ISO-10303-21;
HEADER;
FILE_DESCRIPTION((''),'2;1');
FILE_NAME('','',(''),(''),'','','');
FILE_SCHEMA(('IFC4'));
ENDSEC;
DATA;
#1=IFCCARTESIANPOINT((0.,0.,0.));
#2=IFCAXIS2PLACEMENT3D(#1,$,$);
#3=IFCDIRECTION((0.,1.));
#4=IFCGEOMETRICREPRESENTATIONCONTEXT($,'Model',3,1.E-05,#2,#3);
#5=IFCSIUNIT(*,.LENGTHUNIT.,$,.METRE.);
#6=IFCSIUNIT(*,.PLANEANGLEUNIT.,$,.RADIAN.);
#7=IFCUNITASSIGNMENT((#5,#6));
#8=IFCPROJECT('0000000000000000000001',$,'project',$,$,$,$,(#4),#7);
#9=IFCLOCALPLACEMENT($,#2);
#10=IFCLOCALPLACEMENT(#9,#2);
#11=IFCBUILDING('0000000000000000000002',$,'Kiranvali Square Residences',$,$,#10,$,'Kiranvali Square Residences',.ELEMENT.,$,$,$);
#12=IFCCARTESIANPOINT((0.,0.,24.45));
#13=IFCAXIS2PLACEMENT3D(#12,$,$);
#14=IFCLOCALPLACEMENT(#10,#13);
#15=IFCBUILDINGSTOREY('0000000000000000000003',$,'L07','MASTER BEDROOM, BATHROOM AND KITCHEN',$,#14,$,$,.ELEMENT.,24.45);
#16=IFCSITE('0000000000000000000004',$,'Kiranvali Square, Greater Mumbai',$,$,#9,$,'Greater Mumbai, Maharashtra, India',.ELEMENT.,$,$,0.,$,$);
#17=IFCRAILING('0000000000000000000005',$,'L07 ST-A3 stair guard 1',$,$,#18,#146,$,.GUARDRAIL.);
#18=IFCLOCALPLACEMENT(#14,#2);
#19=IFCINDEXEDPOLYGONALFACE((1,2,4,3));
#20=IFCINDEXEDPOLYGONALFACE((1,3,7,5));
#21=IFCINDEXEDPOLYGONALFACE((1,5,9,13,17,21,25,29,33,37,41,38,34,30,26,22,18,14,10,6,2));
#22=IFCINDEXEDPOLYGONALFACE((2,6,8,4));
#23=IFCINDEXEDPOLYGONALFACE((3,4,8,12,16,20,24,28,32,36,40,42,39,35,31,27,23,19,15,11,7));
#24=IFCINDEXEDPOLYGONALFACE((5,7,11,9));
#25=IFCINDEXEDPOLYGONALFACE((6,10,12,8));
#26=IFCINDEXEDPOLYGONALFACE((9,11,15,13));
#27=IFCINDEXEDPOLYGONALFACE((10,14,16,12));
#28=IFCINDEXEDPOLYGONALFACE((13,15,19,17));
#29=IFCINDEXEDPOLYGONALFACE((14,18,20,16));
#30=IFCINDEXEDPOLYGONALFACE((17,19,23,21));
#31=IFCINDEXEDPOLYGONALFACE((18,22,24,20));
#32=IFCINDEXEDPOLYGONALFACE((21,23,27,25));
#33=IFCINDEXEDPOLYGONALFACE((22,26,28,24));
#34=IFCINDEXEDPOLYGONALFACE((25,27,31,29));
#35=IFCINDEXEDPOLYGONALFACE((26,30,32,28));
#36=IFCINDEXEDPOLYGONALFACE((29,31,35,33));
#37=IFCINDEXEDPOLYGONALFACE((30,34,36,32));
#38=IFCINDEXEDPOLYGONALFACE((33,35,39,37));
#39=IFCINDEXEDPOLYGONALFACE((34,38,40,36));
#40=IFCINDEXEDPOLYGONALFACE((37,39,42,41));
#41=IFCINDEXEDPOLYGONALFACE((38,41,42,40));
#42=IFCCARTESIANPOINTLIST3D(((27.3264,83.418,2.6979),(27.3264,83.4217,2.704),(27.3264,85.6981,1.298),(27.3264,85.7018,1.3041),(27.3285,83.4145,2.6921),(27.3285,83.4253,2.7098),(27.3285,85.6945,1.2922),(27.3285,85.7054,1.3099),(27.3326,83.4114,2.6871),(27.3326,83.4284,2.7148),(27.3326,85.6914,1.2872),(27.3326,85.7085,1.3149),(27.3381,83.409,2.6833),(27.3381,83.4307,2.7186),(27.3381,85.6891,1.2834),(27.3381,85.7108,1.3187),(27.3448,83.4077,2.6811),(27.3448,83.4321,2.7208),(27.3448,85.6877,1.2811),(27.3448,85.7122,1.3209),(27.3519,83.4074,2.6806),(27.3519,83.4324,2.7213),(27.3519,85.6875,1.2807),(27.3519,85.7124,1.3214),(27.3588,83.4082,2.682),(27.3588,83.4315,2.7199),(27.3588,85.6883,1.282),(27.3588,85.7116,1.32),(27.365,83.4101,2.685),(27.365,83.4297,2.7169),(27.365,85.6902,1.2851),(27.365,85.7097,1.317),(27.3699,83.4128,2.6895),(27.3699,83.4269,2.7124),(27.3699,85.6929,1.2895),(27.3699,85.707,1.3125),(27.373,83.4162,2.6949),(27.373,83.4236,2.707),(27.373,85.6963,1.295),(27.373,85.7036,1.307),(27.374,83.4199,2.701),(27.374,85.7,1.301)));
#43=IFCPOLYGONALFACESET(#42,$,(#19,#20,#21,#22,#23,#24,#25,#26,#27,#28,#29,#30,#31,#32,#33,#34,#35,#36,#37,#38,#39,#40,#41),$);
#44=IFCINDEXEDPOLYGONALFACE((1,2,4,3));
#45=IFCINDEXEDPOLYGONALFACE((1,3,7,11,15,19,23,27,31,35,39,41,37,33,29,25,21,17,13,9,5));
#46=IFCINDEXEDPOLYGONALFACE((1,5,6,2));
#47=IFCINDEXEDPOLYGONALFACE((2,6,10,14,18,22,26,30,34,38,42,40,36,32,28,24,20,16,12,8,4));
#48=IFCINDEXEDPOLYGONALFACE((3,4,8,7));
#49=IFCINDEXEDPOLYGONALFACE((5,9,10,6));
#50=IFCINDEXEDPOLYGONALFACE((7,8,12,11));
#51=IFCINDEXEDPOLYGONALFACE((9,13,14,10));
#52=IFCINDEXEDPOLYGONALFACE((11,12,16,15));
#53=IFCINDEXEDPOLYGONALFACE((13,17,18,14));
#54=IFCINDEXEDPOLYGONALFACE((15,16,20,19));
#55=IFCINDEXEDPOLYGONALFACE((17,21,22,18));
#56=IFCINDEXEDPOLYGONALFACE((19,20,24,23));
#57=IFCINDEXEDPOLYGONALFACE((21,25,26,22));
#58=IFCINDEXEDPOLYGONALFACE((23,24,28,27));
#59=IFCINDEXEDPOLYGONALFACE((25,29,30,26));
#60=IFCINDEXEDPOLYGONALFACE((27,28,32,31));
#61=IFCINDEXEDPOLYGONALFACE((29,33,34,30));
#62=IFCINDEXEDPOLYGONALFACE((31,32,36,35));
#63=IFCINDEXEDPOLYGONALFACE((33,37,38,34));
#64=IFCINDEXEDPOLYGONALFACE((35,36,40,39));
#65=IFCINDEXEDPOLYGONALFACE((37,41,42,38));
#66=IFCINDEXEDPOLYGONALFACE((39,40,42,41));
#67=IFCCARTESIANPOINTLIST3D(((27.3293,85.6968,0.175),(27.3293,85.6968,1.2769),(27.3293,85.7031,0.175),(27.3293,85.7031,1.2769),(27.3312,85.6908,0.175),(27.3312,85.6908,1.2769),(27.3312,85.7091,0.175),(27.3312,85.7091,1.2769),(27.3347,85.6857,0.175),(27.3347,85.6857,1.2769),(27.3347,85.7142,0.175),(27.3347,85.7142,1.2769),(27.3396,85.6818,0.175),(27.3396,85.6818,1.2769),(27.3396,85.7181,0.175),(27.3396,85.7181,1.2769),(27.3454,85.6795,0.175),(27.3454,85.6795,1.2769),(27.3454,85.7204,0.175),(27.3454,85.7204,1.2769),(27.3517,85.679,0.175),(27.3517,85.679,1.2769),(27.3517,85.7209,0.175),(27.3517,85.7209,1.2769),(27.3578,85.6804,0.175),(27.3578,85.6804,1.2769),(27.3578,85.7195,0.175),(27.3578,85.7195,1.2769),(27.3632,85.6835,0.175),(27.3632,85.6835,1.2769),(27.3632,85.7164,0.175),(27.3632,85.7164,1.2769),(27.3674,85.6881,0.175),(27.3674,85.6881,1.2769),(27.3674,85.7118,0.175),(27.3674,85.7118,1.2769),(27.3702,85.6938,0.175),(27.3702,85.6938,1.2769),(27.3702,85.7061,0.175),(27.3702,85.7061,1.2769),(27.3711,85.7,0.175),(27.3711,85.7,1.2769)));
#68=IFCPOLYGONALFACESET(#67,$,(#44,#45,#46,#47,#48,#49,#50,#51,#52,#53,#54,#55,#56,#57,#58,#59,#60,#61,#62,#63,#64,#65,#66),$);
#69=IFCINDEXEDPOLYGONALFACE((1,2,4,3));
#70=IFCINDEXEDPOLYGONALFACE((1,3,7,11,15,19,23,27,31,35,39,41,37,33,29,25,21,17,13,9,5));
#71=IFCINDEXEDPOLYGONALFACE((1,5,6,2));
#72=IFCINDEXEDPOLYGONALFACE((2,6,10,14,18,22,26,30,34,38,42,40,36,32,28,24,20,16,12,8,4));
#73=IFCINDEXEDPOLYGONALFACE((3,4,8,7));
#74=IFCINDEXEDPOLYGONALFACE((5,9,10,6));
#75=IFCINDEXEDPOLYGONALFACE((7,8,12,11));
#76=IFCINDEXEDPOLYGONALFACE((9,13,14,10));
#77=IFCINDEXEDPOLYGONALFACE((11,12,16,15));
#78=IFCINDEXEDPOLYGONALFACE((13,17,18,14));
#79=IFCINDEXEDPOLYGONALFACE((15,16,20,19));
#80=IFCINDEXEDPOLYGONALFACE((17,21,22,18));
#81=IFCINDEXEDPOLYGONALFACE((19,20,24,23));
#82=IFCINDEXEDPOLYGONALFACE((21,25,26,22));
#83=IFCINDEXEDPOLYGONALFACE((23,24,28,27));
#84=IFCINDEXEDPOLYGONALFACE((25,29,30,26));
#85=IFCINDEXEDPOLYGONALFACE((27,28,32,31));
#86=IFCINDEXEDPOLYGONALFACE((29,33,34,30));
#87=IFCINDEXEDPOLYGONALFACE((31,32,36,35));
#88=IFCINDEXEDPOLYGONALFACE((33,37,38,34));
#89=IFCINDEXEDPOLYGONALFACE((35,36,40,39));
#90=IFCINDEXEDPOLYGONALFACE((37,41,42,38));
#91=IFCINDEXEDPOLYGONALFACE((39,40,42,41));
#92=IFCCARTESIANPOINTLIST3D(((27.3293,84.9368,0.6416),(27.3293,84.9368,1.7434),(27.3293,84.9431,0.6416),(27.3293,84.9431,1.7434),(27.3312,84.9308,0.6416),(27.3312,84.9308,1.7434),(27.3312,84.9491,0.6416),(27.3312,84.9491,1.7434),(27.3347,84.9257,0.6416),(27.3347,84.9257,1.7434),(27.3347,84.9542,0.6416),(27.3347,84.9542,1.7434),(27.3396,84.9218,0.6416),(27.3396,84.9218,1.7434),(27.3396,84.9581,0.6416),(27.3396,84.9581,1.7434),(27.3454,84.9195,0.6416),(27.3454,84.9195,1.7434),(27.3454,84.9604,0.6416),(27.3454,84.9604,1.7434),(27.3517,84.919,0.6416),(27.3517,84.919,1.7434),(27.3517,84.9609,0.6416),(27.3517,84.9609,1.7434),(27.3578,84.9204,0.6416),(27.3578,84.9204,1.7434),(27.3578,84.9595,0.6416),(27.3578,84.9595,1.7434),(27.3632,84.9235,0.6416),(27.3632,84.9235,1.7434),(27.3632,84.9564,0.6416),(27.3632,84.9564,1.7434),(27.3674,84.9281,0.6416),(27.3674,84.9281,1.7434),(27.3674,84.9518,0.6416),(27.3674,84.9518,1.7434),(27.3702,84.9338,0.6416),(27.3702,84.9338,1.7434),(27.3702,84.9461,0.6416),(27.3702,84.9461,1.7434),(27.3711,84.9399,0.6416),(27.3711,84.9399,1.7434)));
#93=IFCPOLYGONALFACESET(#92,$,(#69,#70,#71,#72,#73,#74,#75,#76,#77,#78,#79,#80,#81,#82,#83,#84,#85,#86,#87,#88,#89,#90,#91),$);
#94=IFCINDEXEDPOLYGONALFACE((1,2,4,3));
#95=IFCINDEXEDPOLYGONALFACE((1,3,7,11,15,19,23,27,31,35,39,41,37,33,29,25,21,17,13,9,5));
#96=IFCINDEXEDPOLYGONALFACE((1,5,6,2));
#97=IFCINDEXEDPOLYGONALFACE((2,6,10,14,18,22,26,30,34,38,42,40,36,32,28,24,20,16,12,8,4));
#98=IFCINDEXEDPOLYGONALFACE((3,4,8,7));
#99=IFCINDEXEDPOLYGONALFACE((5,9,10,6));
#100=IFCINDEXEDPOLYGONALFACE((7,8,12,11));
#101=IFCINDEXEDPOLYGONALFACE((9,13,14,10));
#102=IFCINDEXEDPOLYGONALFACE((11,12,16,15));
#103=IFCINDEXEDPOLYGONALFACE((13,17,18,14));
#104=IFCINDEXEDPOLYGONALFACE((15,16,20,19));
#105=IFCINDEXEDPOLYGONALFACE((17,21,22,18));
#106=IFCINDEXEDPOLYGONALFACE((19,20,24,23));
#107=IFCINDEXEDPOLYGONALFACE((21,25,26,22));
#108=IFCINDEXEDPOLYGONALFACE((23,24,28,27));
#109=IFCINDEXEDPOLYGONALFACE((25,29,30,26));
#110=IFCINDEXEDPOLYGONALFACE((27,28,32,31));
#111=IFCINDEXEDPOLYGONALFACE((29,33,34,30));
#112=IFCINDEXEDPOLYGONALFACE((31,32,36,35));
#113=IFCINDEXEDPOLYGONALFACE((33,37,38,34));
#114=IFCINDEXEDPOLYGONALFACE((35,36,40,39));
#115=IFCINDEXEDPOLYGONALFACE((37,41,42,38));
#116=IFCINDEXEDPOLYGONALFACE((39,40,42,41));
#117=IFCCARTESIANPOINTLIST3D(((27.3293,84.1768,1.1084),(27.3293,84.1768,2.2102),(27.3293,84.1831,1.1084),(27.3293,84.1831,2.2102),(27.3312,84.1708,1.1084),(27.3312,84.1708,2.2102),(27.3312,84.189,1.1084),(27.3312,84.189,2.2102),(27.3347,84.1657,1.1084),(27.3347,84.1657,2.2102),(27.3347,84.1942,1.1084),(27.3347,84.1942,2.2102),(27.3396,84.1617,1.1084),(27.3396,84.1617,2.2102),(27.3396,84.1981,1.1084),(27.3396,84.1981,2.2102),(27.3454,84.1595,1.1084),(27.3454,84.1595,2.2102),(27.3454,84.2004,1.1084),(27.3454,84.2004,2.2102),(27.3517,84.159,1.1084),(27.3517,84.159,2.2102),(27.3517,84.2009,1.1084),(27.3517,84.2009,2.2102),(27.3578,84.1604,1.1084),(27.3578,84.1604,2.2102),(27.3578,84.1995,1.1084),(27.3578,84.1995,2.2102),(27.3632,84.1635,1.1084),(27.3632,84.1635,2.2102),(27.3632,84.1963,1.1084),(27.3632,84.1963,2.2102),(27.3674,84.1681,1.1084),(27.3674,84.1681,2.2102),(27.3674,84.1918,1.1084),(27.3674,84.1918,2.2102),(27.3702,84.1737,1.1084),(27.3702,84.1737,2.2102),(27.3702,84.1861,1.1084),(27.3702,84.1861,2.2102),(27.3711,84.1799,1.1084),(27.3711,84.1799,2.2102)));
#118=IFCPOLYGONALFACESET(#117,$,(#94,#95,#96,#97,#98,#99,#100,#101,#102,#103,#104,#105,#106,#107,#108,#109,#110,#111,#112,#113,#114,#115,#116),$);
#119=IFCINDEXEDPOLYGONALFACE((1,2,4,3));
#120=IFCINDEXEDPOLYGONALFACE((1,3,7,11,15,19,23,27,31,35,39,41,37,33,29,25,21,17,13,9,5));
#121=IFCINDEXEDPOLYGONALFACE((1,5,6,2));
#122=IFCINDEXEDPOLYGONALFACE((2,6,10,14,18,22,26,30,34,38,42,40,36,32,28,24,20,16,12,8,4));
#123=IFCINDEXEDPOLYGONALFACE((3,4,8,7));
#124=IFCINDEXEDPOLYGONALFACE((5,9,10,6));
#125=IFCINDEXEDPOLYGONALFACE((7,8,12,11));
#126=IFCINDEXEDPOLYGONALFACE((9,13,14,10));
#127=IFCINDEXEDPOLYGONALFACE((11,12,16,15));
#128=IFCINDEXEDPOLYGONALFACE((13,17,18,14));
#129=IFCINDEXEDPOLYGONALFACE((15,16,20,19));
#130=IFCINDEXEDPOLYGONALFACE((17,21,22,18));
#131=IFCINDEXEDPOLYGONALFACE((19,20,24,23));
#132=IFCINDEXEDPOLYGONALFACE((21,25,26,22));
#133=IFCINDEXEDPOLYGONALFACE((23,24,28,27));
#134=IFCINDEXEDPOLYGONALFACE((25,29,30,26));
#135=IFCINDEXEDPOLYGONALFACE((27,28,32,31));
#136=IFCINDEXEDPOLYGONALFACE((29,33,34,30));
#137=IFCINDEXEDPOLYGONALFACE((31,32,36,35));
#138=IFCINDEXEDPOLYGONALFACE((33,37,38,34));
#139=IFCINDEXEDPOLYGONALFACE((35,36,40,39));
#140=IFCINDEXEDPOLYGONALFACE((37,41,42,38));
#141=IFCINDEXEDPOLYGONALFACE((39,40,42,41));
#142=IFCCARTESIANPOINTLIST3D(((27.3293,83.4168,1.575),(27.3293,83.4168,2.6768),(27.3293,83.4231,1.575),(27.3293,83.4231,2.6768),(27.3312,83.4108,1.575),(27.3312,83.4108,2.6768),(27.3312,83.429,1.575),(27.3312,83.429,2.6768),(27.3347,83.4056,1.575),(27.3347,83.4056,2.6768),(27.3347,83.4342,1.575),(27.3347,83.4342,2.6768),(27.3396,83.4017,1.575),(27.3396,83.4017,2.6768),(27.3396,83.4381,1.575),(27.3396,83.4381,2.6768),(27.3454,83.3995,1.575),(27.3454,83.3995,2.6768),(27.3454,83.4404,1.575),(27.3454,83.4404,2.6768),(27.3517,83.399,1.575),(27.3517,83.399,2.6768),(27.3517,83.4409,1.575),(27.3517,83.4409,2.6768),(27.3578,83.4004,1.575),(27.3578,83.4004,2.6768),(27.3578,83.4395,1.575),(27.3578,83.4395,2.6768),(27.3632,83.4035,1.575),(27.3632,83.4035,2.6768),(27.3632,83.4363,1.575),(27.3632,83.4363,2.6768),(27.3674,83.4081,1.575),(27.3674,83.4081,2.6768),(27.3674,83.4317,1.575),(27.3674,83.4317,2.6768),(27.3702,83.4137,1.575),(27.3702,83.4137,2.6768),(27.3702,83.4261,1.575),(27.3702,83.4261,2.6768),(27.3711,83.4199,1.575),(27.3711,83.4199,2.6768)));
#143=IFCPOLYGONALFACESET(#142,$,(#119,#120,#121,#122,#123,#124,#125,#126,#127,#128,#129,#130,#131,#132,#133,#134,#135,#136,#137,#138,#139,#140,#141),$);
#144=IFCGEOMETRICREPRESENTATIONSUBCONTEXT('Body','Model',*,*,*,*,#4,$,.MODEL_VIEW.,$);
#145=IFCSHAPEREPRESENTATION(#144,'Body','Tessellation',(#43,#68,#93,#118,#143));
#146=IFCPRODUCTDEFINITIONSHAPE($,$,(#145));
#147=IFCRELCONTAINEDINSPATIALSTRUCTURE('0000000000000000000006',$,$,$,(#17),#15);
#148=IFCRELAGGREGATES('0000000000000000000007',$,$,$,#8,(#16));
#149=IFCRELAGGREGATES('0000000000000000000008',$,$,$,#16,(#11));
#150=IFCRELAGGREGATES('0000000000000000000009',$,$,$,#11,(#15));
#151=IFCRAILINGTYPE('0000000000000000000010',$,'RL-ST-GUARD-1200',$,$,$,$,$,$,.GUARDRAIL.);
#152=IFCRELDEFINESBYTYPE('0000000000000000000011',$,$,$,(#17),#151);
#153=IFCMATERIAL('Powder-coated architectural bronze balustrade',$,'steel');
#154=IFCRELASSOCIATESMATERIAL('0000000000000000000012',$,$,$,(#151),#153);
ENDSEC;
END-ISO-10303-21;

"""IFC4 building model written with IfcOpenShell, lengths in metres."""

from ifc_helpers import new_model, si_unit, direction, frame, origin, origin_2d, place, context, subcontext, project, spatial, circle, extrude, material, type_object, element, save


model = new_model("IFC4")

# Units and contexts
model_context = context("Model", 3, precision=1e-05, world=origin(), true_north=direction((0.0, 1.0)))
body_context = subcontext(model_context, "Body", "Model", "MODEL_VIEW")
ifc_project = project(units=[si_unit("LENGTHUNIT", "METRE"), si_unit("PLANEANGLEUNIT", "RADIAN")], contexts=[model_context])

# Site, building, storey
site_placement = place(None, origin())
site = spatial("IfcSite", under=ifc_project, at=site_placement, Name="Kiranvali Square, Greater Mumbai", LongName="Greater Mumbai, Maharashtra, India", CompositionType="ELEMENT", RefElevation=0.0)
building_placement = place(site_placement, origin())
building = spatial("IfcBuilding", under=site, at=building_placement, Name="Kiranvali Square Residences", LongName="Kiranvali Square Residences", CompositionType="ELEMENT")
storey_placement = place(building_placement, frame((0.0, 0.0, 24.45)))
storey = spatial("IfcBuildingStorey", under=building, at=storey_placement, Name="L07", Description="MASTER BEDROOM, BATHROOM AND KITCHEN", CompositionType="ELEMENT", Elevation=24.45)

# Railing
ifc_material_1 = material(Name="Powder-coated architectural bronze balustrade", Category="steel")
railing_type_1 = type_object("IfcRailingType", Name="RL-ST-GUARD-1200", PredefinedType="GUARDRAIL", material=ifc_material_1)
railing_1_placement = place(storey_placement, frame((27.3501, 85.7, 0.175)))
element("IfcRailing", 1, at=railing_1_placement, inside=storey, type_object=railing_type_1, Name="L07 ST-A3 stair guard 1", PredefinedType="GUARDRAIL", context=body_context, shape_type="SweptSolid", body=[
    extrude(circle(Radius=0.0239, at=origin_2d()), frame((0.0, 0.0, 1.126), z_axis=(0.0, -0.85219, 0.523232), x_axis=(1.0, 0.0, 0.0)), (0.0, 0.0, 1.0), 2.6755),
    extrude(circle(Radius=0.021, at=origin_2d()), origin(), (0.0, 0.0, 1.0), 1.1018),
    extrude(circle(Radius=0.021, at=origin_2d()), frame((0.0, -0.76, 0.4666)), (0.0, 0.0, 1.0), 1.1018),
    extrude(circle(Radius=0.021, at=origin_2d()), frame((0.0, -1.52, 0.9333)), (0.0, 0.0, 1.0), 1.1018),
    extrude(circle(Radius=0.021, at=origin_2d()), frame((0.0, -2.28, 1.3999)), (0.0, 0.0, 1.0), 1.1018),
])

save(model, "model.ifc")
